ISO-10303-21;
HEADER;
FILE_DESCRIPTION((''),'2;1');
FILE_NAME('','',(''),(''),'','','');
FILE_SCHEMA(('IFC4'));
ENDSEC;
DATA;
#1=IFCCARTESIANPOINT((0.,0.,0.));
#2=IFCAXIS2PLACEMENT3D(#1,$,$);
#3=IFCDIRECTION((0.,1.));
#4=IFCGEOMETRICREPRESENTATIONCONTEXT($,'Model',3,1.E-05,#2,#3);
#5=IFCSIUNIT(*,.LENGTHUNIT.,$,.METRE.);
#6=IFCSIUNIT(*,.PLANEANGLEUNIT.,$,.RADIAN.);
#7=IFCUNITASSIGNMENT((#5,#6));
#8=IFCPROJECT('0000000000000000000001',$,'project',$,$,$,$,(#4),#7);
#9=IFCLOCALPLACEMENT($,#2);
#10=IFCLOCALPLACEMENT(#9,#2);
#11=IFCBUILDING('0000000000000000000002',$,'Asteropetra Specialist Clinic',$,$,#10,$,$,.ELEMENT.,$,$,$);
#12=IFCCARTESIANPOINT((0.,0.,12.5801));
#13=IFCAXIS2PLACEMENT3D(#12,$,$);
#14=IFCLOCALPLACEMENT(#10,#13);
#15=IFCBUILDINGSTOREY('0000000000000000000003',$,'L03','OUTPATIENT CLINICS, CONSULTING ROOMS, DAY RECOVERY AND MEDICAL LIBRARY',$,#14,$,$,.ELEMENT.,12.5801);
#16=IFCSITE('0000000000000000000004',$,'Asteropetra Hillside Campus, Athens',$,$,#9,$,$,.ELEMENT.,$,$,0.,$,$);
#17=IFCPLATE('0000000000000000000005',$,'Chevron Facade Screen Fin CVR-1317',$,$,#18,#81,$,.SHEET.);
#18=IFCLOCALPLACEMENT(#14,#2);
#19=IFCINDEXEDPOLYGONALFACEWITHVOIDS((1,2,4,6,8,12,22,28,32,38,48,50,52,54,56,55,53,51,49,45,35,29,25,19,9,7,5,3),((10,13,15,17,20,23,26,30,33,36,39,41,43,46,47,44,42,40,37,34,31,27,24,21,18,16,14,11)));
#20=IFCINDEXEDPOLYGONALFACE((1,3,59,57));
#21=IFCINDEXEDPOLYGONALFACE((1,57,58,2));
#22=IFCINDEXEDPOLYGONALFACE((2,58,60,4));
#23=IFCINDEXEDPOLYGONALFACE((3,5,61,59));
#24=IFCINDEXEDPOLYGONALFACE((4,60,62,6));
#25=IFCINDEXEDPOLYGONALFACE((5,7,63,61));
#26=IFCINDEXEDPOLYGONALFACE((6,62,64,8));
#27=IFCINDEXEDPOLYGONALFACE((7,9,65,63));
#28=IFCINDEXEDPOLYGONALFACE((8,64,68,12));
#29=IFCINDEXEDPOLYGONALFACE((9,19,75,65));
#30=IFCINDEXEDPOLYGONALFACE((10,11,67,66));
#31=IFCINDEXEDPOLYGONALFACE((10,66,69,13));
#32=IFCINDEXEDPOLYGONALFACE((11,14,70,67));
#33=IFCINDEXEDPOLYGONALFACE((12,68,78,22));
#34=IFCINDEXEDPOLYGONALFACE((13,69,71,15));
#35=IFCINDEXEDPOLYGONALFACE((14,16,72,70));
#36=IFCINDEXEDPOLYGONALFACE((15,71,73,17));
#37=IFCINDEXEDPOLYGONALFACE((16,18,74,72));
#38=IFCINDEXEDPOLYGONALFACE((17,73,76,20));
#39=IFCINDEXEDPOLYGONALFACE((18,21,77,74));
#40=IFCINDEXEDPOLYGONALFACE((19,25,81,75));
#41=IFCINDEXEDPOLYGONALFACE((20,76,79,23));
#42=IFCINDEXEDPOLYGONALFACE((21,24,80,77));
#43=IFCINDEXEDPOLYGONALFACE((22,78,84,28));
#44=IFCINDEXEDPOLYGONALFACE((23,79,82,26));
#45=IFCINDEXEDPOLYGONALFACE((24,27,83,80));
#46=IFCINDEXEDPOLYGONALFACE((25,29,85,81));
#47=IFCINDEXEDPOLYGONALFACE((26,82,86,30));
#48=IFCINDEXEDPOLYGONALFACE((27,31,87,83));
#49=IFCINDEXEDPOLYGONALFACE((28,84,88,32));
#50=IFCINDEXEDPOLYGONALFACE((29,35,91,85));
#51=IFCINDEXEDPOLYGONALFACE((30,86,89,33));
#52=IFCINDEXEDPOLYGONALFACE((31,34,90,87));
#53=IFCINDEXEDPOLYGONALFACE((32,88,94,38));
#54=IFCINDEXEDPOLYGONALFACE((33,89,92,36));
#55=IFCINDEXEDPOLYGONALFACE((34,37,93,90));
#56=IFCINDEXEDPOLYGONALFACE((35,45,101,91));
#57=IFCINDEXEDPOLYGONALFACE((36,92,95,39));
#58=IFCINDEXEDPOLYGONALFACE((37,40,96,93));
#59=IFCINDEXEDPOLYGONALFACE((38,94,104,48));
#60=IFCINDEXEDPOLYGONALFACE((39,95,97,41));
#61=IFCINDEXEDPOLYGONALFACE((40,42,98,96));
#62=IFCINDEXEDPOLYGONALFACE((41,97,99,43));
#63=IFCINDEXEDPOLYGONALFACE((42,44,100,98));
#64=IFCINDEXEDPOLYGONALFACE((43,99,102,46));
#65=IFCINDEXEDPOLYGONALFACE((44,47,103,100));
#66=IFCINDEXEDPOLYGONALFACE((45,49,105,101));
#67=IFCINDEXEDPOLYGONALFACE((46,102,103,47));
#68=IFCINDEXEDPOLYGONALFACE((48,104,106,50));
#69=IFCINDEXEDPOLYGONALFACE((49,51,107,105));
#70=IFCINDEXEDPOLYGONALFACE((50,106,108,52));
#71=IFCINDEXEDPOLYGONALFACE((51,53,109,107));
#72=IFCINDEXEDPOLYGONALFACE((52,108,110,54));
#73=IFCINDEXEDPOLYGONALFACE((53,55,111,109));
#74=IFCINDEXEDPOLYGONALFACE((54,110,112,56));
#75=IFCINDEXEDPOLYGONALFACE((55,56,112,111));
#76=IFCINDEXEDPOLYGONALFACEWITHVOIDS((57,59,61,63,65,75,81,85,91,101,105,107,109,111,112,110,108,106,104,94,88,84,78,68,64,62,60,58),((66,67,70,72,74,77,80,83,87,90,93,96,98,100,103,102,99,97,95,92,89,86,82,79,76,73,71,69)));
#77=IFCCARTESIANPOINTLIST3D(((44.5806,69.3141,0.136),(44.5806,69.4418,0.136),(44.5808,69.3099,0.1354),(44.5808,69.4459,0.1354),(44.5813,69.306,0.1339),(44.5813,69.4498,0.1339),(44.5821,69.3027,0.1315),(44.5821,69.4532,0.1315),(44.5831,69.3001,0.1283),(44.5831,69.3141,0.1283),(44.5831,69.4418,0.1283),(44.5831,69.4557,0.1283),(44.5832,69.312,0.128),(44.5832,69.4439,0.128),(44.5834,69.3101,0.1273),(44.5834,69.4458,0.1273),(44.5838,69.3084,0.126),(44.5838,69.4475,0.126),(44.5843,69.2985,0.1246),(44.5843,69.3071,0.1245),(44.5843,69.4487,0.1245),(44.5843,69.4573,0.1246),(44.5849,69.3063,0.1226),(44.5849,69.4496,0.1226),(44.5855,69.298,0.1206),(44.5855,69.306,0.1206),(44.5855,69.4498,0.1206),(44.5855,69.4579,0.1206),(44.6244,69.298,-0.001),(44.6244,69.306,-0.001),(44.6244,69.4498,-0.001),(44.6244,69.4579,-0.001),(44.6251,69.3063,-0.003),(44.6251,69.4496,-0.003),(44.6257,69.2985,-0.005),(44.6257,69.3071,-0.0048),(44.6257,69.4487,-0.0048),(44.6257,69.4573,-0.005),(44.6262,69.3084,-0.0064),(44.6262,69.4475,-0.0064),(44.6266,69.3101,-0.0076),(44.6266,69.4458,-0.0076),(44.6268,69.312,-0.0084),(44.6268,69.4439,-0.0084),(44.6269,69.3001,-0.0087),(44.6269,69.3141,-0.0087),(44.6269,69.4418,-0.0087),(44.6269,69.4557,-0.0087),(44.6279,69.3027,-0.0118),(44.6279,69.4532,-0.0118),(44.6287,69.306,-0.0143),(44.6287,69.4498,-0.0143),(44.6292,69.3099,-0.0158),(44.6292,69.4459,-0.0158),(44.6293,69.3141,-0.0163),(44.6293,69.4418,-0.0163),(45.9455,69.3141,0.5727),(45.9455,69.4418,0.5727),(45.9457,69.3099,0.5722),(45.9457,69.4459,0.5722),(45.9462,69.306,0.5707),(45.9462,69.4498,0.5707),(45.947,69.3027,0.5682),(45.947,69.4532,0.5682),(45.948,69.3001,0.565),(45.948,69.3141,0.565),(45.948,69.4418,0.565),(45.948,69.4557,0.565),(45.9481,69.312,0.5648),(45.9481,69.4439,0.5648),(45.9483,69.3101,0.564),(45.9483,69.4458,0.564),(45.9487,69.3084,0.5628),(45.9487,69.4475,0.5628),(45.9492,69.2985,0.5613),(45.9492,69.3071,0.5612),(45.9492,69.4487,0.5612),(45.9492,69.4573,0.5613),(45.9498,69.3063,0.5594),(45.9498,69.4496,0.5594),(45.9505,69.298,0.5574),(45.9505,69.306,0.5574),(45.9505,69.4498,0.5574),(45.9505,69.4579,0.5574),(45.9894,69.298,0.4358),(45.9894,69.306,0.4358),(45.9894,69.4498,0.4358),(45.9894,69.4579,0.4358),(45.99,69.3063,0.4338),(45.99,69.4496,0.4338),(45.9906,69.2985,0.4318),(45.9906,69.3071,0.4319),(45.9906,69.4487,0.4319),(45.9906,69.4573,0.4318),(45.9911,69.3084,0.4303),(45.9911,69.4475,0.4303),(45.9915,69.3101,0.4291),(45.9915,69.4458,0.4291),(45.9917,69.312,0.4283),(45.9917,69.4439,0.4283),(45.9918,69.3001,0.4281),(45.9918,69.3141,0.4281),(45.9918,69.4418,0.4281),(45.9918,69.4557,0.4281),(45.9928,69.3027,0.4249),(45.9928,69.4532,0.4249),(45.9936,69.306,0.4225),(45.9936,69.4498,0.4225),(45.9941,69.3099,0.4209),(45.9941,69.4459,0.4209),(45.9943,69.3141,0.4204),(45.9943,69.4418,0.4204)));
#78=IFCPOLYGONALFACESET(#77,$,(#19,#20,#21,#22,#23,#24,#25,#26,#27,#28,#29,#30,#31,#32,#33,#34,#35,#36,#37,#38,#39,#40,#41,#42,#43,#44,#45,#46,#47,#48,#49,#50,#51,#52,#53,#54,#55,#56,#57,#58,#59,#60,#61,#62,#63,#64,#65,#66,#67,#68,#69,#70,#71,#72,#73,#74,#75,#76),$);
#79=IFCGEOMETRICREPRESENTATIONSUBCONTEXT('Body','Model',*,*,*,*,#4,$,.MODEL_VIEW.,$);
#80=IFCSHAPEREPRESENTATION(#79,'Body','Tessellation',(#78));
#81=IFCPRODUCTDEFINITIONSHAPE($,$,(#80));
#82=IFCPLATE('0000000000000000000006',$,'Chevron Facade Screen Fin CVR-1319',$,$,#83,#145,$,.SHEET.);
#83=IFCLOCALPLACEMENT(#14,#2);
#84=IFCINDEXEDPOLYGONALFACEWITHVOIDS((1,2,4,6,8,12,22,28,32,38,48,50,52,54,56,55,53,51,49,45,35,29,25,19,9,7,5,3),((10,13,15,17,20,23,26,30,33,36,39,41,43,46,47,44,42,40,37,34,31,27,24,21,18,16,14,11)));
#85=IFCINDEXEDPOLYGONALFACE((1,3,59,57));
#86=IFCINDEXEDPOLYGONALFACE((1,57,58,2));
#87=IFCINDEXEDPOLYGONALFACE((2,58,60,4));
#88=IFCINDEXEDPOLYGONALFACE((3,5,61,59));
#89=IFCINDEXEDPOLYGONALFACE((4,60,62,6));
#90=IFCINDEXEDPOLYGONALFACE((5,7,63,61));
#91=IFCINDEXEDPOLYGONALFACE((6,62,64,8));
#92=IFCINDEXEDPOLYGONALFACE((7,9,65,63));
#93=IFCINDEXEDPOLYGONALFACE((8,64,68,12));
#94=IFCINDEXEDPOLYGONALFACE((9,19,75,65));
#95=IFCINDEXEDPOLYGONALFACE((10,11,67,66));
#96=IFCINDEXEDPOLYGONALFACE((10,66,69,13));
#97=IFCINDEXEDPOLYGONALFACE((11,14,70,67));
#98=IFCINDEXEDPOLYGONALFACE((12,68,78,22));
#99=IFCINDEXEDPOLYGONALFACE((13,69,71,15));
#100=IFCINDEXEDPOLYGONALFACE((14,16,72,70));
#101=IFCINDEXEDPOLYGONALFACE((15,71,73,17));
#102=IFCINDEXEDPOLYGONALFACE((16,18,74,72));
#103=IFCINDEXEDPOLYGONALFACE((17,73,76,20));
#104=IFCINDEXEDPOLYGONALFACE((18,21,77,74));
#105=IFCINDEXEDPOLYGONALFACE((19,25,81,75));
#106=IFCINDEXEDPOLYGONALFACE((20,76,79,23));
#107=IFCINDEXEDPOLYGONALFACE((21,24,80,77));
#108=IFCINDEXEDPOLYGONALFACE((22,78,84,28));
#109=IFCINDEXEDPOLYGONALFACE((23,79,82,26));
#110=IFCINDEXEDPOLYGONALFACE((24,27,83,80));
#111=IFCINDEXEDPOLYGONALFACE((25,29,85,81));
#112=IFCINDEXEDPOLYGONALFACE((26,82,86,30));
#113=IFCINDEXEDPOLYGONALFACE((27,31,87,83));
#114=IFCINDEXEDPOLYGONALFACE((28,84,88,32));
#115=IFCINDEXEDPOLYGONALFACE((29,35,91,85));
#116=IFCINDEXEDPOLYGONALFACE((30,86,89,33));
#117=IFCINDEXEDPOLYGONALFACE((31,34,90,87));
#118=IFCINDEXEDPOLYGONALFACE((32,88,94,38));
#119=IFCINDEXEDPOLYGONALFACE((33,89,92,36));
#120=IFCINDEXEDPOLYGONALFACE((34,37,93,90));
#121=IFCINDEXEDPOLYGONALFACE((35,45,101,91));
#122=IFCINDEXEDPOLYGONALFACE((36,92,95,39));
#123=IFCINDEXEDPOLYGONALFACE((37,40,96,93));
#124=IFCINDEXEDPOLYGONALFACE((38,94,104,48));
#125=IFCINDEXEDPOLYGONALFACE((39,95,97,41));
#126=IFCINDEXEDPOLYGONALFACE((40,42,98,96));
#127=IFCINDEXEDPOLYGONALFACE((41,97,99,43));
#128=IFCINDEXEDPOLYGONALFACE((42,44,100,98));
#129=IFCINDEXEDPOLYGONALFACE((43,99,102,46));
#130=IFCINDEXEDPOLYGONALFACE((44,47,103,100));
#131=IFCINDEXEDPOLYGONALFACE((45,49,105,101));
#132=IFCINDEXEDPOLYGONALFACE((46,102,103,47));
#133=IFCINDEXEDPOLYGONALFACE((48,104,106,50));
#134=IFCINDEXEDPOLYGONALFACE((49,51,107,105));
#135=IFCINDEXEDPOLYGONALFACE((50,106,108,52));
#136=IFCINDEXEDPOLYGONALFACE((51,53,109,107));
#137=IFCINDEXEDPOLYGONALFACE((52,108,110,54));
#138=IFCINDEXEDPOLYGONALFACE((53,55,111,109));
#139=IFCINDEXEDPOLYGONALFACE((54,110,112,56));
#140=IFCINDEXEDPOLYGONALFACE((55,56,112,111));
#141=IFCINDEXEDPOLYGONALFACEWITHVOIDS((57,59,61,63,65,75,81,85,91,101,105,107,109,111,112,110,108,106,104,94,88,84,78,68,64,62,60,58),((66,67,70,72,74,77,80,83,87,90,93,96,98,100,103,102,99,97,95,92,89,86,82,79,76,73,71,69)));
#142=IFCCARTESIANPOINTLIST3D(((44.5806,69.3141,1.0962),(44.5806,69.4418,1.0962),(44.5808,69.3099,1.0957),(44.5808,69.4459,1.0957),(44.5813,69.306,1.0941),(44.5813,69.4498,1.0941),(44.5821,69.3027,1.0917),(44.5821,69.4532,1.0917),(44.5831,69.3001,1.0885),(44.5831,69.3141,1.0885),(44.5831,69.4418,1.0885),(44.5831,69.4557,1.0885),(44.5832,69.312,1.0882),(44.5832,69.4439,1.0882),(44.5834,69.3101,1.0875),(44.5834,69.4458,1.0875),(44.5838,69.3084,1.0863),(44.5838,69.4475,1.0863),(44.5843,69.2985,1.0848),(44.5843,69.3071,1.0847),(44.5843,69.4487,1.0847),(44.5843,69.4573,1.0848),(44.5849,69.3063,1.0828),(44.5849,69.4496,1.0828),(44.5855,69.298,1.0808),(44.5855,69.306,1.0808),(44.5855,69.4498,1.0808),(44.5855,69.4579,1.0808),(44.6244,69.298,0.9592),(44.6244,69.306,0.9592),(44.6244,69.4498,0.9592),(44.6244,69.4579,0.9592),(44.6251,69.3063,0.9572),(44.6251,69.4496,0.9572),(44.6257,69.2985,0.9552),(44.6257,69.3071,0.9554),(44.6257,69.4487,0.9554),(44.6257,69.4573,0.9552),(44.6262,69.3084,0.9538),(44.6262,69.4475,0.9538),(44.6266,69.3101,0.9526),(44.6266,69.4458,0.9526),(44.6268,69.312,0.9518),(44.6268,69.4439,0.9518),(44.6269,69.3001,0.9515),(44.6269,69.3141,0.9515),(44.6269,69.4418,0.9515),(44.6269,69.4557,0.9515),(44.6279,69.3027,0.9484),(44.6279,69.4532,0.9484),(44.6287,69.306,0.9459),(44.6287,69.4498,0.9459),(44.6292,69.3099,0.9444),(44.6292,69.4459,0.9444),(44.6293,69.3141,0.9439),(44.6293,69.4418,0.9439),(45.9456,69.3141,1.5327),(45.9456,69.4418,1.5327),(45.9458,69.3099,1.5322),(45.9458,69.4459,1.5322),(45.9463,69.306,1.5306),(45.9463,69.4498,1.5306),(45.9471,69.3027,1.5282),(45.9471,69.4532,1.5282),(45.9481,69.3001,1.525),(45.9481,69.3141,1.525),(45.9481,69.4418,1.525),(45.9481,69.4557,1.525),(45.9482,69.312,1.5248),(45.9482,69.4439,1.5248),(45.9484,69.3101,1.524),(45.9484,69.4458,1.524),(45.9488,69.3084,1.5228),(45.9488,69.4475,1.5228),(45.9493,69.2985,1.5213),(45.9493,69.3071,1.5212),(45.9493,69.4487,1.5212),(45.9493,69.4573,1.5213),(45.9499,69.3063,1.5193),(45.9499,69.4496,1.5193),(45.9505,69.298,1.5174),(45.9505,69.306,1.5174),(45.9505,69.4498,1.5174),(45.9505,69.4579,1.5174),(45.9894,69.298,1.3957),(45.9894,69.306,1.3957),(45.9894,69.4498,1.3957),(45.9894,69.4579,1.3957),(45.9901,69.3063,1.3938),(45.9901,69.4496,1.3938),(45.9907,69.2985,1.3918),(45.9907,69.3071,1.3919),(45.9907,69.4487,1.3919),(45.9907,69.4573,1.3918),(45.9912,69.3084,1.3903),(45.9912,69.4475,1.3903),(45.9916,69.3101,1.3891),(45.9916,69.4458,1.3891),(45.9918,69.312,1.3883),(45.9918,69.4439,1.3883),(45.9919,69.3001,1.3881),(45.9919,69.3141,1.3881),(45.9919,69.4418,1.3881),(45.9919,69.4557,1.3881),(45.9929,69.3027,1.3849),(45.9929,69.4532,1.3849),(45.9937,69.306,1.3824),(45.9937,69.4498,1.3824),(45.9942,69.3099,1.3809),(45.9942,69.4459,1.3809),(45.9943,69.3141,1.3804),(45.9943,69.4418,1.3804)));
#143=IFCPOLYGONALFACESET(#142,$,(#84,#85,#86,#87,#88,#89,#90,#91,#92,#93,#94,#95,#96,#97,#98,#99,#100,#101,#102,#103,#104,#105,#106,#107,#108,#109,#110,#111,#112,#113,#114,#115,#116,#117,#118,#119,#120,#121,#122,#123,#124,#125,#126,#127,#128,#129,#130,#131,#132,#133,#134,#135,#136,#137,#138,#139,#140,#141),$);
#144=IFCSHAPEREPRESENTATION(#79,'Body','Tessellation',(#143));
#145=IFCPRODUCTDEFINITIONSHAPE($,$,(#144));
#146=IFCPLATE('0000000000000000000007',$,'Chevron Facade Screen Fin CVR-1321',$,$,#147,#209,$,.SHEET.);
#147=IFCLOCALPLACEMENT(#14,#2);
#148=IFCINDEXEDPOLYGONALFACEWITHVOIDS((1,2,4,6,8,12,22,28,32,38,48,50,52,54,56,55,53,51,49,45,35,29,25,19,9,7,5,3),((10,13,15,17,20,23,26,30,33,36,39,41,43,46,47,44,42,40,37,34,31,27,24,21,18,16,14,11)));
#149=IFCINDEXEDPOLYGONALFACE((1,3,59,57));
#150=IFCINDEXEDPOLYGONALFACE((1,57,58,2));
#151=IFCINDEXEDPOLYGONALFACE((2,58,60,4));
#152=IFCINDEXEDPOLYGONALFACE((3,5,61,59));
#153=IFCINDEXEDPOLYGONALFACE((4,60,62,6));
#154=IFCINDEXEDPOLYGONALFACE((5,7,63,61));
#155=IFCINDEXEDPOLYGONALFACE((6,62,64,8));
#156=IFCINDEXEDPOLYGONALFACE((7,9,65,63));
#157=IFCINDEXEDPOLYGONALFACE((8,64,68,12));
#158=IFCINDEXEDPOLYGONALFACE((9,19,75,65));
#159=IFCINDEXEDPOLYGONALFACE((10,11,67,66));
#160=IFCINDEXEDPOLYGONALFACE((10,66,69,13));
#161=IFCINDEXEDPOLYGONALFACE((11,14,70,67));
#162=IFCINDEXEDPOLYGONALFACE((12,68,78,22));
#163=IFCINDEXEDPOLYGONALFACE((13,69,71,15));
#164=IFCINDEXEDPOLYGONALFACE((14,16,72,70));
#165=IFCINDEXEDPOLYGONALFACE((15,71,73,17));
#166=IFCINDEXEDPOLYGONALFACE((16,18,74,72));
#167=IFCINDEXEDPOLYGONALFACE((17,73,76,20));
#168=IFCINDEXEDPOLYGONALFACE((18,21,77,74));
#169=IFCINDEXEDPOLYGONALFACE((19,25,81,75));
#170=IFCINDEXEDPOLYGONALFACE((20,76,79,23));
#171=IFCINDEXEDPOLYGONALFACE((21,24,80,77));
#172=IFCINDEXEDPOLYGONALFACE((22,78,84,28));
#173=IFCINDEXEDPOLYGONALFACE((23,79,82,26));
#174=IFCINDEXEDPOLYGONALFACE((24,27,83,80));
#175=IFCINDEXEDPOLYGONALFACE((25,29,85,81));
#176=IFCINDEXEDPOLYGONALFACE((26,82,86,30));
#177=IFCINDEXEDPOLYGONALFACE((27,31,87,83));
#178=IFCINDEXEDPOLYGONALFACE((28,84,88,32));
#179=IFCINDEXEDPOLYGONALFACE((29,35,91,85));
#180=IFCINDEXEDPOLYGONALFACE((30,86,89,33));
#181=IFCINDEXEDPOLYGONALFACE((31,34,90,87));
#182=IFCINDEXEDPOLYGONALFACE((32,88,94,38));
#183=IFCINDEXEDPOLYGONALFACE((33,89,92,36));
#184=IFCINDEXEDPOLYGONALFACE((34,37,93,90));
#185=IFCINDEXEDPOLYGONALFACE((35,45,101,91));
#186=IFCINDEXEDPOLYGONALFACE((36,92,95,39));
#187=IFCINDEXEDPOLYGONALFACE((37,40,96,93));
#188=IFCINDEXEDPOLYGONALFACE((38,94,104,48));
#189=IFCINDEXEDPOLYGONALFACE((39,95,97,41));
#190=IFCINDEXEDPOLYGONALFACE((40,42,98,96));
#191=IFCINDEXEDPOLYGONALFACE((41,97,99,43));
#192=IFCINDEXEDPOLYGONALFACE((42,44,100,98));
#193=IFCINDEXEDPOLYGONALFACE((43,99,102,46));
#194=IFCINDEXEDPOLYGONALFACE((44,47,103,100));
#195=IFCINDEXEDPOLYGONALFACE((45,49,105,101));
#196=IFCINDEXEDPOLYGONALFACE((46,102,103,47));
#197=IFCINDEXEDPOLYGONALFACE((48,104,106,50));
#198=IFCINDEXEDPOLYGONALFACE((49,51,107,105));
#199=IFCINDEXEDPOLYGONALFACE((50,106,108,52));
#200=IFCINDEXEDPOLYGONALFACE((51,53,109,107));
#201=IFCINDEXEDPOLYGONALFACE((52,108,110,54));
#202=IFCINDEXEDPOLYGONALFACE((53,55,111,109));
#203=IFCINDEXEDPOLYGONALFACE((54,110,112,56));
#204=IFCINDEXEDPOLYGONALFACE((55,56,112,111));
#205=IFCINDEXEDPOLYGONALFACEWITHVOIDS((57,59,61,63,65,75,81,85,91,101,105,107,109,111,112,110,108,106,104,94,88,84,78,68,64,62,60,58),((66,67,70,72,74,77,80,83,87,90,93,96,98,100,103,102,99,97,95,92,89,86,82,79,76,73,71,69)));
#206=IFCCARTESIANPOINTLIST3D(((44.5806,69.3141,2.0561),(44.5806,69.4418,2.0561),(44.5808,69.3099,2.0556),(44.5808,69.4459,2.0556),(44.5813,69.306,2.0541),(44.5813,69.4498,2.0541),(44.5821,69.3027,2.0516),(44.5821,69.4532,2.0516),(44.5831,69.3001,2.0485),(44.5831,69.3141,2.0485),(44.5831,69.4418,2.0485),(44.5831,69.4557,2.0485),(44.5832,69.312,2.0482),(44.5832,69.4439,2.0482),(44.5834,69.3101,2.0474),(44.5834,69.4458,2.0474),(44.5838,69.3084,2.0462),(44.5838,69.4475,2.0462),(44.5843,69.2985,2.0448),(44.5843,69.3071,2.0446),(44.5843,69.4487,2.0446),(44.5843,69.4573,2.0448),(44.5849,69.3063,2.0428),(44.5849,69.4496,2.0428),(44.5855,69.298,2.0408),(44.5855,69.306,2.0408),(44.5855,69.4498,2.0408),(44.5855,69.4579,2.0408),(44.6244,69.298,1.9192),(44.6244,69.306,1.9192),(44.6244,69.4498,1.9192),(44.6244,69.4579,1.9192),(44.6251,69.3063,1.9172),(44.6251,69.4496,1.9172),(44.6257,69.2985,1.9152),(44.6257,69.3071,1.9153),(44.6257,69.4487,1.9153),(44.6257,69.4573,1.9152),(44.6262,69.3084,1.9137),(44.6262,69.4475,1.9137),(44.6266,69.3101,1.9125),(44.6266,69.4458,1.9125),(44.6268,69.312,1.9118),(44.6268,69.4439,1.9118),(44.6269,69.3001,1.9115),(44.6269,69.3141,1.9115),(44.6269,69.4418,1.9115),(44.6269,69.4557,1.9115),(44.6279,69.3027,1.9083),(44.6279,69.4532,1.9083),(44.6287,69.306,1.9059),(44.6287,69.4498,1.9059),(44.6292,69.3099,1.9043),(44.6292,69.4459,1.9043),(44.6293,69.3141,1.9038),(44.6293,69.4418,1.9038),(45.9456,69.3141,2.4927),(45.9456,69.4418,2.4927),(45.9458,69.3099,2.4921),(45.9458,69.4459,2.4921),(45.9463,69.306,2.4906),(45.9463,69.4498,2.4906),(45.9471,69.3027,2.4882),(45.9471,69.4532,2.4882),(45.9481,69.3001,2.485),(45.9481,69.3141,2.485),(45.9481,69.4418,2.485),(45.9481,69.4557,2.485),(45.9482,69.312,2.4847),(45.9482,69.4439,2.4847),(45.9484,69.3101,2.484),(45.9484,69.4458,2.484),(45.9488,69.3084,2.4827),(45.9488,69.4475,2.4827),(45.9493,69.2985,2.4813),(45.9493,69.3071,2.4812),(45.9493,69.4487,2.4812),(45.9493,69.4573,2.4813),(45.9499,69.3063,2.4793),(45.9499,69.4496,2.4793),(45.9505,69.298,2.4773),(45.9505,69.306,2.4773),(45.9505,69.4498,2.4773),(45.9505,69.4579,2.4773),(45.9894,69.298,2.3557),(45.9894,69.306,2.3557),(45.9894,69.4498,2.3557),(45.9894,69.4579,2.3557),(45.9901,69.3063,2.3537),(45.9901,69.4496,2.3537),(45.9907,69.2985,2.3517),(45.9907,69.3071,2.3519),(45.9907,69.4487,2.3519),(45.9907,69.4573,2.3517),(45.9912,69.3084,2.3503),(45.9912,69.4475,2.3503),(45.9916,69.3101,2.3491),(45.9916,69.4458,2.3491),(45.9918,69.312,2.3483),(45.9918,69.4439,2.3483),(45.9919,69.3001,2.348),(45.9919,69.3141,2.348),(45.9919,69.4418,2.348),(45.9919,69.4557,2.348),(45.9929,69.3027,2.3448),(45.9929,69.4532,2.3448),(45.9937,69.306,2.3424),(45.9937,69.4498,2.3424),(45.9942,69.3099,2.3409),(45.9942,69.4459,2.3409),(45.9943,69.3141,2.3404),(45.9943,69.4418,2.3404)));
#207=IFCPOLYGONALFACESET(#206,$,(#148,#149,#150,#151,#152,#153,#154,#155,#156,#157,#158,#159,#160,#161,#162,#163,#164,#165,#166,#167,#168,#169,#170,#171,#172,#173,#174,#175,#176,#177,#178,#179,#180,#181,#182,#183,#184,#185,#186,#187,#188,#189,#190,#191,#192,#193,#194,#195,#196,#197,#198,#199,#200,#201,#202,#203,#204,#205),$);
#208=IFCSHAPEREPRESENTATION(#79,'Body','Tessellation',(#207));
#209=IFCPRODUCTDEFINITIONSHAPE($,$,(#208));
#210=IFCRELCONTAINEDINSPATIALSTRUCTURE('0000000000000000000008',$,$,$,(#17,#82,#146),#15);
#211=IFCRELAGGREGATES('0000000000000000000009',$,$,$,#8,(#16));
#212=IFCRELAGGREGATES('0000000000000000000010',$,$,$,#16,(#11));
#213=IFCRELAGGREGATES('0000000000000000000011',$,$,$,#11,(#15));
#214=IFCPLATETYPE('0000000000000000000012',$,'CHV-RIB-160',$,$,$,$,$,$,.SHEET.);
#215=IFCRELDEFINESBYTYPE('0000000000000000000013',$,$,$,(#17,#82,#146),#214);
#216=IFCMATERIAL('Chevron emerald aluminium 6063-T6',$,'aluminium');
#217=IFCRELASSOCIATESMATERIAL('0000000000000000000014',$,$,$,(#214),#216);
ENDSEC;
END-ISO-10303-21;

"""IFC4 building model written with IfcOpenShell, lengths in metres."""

from ifc_helpers import new_model, si_unit, direction, frame, origin, origin_2d, place, context, subcontext, project, spatial, hollow_rectangle, extrude, material, material_profile, profile_set, type_object, element, save


model = new_model("IFC4")

# Units and contexts
model_context = context("Model", 3, precision=1e-05, world=origin(), true_north=direction((0.0, 1.0)))
body_context = subcontext(model_context, "Body", "Model", "MODEL_VIEW")
ifc_project = project(units=[si_unit("LENGTHUNIT", "METRE"), si_unit("PLANEANGLEUNIT", "RADIAN")], contexts=[model_context])

# Site, building, storey
site_placement = place(None, origin())
site = spatial("IfcSite", under=ifc_project, at=site_placement, Name="Asteropetra Hillside Campus, Athens", CompositionType="ELEMENT", RefElevation=0.0)
building_placement = place(site_placement, origin())
building = spatial("IfcBuilding", under=site, at=building_placement, Name="Asteropetra Specialist Clinic", CompositionType="ELEMENT")
storey_placement = place(building_placement, frame((0.0, 0.0, 12.5801)))
storey = spatial("IfcBuildingStorey", under=building, at=storey_placement, Name="L03", Description="OUTPATIENT CLINICS, CONSULTING ROOMS, DAY RECOVERY AND MEDICAL LIBRARY", CompositionType="ELEMENT", Elevation=12.5801)

# Plates
ifc_material_1 = material(Name="Chevron emerald aluminium 6063-T6", Category="aluminium")
ifc_material_profile = material_profile(ifc_material_1, hollow_rectangle(XDim=0.1599, YDim=0.1599, WallThickness=0.0081, InnerFilletRadius=0.0081, OuterFilletRadius=0.0161, at=origin_2d()), Name="SHS 160x160x8.0")
ifc_profile_set = profile_set([ifc_material_profile], Name="Chevron emerald aluminium 6063-T6")
plate_type_1 = type_object("IfcPlateType", Name="CHV-RIB-160", PredefinedType="SHEET", material=ifc_profile_set)
for number, where, z_axis, x_axis, name in (
    (1, (44.605, 69.3779, 0.0598), (0.95243, 0.0, 0.304757), (0.0, 1.0, 0.0), "Chevron Facade Screen Fin CVR-1317"),
    (2, (44.605, 69.3779, 1.02), (0.95248, 0.0, 0.304603), (0.0, 1.0, 0.0), "Chevron Facade Screen Fin CVR-1319"),
    (3, (44.605, 69.3779, 1.98), (0.95248, 0.0, 0.304603), (0.0, 1.0, 0.0), "Chevron Facade Screen Fin CVR-1321"),
):
    element("IfcPlate", number, at=place(storey_placement, frame(where, z_axis=z_axis, x_axis=x_axis)), inside=storey, type_object=plate_type_1, Name=name, PredefinedType="SHEET", context=body_context, shape_type="SweptSolid", body=[
        extrude(hollow_rectangle(XDim=0.1599, YDim=0.1599, WallThickness=0.0081, InnerFilletRadius=0.0081, OuterFilletRadius=0.0161, at=origin_2d()), origin(), (0.0, 0.0, 1.0), 1.4331),
    ])

save(model, "model.ifc")
